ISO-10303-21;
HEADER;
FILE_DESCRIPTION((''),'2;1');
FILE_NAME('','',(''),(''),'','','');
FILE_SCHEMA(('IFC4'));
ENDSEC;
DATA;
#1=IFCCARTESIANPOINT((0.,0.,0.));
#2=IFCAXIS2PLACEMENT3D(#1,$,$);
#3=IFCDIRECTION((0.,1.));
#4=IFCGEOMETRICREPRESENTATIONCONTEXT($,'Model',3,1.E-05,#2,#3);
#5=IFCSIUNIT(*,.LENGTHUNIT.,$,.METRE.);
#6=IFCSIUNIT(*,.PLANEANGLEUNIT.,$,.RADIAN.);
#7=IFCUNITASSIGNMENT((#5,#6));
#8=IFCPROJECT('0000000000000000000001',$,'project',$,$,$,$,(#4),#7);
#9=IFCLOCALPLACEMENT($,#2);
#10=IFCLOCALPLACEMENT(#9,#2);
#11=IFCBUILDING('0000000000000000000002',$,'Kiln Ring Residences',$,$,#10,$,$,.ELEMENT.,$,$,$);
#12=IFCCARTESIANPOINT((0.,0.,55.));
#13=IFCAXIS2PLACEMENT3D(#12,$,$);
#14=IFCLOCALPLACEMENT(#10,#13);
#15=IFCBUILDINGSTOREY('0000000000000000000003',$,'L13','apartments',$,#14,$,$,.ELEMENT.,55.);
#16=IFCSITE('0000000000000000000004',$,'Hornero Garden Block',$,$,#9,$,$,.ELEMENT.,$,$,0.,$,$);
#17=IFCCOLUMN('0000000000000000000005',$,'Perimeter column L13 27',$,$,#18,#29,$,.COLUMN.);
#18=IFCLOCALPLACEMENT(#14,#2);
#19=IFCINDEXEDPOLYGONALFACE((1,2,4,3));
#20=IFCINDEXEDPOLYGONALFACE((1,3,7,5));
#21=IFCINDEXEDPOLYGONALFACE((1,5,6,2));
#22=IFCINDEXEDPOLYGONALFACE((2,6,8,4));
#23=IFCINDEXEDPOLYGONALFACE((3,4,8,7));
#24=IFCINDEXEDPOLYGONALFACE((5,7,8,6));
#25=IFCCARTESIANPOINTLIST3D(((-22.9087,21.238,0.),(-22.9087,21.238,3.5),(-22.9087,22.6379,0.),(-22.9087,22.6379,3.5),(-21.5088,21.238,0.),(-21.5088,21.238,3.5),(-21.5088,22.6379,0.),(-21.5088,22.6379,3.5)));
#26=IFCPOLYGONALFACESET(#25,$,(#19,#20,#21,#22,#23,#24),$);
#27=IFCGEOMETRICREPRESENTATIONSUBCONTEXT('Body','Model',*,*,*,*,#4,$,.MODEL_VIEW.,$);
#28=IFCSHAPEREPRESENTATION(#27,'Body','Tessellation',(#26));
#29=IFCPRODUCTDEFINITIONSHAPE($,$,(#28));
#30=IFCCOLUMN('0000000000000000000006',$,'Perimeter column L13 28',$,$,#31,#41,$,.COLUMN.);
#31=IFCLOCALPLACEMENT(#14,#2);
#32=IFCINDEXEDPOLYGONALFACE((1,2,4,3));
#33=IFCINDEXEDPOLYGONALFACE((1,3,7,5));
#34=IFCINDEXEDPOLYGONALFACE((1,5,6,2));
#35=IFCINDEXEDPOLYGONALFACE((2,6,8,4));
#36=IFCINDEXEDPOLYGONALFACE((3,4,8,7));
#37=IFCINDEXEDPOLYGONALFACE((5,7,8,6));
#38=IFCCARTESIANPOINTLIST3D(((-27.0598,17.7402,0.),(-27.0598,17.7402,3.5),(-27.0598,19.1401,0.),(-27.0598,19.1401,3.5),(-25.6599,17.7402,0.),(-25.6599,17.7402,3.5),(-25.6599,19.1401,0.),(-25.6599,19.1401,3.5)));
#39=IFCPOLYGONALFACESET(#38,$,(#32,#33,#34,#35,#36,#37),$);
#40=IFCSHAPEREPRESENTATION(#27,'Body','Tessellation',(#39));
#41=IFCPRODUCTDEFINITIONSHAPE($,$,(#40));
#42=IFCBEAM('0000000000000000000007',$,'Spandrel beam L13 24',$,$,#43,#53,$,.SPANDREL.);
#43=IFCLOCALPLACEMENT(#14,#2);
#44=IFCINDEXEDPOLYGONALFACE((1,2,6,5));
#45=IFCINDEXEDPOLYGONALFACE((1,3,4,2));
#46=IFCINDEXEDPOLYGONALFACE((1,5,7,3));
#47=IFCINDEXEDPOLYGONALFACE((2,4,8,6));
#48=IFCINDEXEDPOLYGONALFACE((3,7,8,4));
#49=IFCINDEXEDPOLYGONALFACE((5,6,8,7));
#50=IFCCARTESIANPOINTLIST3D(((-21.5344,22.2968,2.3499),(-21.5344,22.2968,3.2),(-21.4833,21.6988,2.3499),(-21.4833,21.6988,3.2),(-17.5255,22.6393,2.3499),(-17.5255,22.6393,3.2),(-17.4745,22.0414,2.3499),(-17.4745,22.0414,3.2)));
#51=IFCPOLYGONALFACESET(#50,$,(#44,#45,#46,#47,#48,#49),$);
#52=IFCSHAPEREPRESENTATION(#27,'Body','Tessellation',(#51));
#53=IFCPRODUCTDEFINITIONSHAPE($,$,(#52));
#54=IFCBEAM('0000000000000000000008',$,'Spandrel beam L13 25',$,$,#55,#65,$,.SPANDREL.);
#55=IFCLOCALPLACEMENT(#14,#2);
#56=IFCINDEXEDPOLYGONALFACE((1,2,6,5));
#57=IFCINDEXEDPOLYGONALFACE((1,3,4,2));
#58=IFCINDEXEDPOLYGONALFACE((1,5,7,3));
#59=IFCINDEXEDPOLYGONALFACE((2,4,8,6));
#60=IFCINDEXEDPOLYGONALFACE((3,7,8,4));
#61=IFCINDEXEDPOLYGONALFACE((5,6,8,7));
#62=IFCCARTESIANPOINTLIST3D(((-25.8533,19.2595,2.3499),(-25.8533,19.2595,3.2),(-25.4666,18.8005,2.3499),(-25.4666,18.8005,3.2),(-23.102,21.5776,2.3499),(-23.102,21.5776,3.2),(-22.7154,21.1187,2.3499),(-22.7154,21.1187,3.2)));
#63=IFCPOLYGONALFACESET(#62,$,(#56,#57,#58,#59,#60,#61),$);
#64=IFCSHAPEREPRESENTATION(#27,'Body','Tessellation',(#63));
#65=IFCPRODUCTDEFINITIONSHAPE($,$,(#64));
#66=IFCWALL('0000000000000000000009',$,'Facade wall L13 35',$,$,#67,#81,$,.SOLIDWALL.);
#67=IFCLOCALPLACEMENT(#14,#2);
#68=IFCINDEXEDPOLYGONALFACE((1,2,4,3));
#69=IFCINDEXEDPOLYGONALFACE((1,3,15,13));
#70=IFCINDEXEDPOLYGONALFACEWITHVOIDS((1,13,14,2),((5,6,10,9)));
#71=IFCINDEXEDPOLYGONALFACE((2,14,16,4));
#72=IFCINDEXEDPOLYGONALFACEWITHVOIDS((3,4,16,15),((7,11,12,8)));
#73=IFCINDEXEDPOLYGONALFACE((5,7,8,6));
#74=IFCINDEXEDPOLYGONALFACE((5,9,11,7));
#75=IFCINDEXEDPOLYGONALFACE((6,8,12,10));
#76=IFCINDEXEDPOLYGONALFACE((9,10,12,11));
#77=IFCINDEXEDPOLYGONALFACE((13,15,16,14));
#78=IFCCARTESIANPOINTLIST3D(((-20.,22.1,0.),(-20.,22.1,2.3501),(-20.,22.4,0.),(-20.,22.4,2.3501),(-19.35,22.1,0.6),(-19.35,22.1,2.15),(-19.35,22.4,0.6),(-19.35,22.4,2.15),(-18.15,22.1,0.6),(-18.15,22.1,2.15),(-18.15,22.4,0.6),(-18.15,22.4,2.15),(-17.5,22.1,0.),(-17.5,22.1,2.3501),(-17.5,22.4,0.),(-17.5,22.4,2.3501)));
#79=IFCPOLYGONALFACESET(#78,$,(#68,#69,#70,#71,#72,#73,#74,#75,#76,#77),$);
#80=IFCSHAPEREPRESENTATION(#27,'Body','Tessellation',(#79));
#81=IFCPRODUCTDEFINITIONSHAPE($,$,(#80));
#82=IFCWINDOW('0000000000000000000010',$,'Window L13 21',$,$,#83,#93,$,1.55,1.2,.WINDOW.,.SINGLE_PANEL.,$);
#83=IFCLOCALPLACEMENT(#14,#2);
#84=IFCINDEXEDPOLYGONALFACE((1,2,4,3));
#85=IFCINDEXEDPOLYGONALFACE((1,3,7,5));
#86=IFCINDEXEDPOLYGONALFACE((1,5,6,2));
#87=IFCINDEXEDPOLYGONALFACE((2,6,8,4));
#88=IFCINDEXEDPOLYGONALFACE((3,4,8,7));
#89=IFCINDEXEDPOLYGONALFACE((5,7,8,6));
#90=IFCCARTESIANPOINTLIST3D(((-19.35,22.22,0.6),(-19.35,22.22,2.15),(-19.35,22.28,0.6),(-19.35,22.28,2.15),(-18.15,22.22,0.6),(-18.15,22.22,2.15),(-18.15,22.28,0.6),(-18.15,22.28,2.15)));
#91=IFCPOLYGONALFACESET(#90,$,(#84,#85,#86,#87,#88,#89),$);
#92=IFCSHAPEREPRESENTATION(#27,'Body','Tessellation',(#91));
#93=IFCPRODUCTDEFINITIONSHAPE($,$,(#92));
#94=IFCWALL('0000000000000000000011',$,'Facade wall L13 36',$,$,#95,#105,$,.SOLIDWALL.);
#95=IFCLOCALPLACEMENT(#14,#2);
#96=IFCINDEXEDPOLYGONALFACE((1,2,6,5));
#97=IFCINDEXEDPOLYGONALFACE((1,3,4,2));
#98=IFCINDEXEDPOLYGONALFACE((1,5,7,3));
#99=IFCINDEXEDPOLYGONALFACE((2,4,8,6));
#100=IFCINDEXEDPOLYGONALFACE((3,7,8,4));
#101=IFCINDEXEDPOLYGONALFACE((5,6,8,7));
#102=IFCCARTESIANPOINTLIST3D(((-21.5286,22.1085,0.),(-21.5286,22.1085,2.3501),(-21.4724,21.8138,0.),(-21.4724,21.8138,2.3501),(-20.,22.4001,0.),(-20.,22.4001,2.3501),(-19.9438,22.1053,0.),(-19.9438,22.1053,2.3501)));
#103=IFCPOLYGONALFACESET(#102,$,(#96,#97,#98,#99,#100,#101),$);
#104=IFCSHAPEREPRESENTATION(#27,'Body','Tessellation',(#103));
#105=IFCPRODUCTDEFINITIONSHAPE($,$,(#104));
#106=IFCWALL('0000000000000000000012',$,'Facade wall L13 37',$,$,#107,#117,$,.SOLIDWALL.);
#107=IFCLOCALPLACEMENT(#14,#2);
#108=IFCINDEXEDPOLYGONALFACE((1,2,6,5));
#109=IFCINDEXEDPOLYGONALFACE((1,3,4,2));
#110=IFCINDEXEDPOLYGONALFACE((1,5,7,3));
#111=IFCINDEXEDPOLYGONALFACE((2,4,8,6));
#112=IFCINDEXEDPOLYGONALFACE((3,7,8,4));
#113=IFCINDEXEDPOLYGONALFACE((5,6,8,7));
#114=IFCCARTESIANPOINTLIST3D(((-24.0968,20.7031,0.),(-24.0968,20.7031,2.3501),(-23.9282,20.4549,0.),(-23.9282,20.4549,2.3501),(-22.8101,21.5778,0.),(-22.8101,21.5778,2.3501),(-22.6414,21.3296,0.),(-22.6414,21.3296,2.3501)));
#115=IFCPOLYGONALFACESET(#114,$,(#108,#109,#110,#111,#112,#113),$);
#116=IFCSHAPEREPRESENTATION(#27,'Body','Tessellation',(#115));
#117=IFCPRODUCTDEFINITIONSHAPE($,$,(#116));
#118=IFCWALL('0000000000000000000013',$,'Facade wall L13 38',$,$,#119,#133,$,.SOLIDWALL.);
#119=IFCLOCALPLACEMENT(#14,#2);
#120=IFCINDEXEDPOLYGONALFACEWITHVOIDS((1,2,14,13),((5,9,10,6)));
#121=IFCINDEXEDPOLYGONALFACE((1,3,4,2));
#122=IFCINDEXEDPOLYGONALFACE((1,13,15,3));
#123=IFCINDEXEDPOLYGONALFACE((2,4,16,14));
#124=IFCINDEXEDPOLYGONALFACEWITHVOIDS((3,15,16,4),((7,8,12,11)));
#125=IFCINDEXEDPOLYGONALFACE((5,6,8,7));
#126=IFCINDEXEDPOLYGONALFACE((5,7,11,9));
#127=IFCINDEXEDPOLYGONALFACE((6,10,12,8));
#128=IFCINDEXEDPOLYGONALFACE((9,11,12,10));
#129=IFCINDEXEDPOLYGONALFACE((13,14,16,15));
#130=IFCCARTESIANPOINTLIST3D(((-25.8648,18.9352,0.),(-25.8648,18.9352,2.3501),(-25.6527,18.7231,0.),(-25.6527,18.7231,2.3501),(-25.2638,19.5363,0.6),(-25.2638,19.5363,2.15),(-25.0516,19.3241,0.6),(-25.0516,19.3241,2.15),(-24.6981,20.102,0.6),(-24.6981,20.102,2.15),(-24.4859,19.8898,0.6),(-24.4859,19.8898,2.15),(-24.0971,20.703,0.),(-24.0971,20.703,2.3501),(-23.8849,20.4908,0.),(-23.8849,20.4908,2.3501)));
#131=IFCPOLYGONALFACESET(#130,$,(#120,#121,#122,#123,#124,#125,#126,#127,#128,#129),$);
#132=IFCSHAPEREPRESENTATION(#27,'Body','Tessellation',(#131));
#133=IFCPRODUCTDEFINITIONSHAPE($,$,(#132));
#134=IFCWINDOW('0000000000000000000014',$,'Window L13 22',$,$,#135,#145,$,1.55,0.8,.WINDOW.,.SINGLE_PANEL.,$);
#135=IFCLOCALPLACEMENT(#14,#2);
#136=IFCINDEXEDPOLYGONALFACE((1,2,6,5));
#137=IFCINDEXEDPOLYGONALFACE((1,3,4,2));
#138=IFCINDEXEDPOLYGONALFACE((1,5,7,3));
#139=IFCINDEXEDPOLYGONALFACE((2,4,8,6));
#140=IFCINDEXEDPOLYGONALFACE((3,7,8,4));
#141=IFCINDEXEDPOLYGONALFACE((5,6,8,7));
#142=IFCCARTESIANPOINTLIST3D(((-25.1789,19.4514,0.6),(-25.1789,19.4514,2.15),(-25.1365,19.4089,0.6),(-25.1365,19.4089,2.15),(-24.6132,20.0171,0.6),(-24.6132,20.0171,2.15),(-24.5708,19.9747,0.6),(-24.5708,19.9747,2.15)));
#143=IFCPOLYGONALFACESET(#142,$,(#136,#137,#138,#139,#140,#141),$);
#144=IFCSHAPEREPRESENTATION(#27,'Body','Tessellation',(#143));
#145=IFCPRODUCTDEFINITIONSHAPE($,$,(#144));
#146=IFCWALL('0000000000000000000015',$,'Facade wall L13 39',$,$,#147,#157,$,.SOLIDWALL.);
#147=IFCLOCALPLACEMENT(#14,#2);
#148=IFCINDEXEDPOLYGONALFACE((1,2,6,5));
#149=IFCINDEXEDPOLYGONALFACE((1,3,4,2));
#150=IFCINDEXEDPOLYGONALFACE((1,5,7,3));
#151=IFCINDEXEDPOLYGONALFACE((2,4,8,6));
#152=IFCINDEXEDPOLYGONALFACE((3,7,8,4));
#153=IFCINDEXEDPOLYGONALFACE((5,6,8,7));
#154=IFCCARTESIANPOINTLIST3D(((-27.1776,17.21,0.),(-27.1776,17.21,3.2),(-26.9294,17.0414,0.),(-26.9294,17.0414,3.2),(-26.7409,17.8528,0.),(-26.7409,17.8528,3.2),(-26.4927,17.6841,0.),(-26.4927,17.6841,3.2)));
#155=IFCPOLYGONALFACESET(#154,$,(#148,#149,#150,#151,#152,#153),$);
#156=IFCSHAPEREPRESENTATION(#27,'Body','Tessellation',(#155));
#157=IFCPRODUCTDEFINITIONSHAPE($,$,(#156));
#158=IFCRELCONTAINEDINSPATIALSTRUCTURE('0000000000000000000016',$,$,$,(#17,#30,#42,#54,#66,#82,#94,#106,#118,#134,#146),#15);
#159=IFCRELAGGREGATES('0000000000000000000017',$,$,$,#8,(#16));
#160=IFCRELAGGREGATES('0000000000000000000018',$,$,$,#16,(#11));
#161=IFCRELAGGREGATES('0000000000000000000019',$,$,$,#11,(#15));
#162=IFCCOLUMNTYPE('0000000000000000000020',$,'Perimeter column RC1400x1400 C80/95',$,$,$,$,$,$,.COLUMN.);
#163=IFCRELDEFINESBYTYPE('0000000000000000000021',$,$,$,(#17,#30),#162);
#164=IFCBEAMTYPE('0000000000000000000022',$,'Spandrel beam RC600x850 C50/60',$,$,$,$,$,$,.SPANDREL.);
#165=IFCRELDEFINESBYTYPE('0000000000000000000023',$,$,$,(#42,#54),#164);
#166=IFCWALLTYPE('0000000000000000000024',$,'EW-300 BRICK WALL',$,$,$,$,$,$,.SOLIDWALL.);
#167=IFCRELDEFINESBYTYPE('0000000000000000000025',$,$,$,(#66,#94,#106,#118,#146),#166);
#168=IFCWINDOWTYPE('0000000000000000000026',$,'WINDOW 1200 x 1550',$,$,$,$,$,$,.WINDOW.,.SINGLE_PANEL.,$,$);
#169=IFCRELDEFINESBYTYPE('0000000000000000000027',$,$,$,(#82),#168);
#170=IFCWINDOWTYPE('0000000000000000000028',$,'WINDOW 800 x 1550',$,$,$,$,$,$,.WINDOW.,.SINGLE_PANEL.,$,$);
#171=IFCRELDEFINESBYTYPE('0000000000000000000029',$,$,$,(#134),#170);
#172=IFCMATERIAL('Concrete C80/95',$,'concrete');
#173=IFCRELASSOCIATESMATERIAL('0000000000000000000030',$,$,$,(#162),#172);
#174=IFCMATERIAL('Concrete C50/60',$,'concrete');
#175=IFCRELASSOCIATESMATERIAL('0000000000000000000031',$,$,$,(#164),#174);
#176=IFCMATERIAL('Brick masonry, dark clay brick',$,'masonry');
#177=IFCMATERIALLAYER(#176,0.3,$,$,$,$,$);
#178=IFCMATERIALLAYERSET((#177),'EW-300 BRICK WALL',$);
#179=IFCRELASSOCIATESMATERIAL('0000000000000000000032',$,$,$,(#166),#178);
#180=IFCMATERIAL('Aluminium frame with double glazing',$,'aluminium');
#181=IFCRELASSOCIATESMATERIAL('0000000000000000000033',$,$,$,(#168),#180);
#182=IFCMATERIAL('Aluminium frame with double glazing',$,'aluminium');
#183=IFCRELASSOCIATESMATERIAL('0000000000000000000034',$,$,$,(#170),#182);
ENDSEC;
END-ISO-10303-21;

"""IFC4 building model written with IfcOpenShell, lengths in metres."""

from ifc_helpers import new_model, si_unit, direction, frame, frame_2d, origin, origin_2d, place, context, subcontext, project, spatial, rectangle, extrude, material, layer, layer_set, material_profile, profile_set, type_object, element, fill, save


model = new_model("IFC4")

# Units and contexts
model_context = context("Model", 3, precision=1e-05, world=origin(), true_north=direction((0.0, 1.0)))
body_context = subcontext(model_context, "Body", "Model", "MODEL_VIEW")
ifc_project = project(units=[si_unit("LENGTHUNIT", "METRE"), si_unit("PLANEANGLEUNIT", "RADIAN")], contexts=[model_context])

# Site, building, storey
site_placement = place(None, origin())
site = spatial("IfcSite", under=ifc_project, at=site_placement, Name="Hornero Garden Block", CompositionType="ELEMENT", RefElevation=0.0)
building_placement = place(site_placement, origin())
building = spatial("IfcBuilding", under=site, at=building_placement, Name="Kiln Ring Residences", CompositionType="ELEMENT")
storey_placement = place(building_placement, frame((0.0, 0.0, 55.0)))
storey = spatial("IfcBuildingStorey", under=building, at=storey_placement, Name="L13", Description="apartments", CompositionType="ELEMENT", Elevation=55.0)

# Columns
ifc_material_1 = material(Name="Concrete C80/95", Category="concrete")
ifc_material_profile_1 = material_profile(ifc_material_1, rectangle(XDim=1.3999, YDim=1.3999, at=origin_2d()), Name="RC1400x1400")
ifc_profile_set_1 = profile_set([ifc_material_profile_1], Name="Concrete C80/95")
column_type = type_object("IfcColumnType", Name="Perimeter column RC1400x1400 C80/95", PredefinedType="COLUMN", material=ifc_profile_set_1)
for number, where, z_axis, x_axis, name in (
    (1, (-22.2087, 21.938, 0.0), (0.0, 0.0, 1.0), (1.0, 0.0, 0.0), "Perimeter column L13 27"),
    (2, (-26.3599, 18.4402, 0.0), (0.0, 0.0, 1.0), (1.0, 0.0, 0.0), "Perimeter column L13 28"),
):
    element("IfcColumn", number, at=place(storey_placement, frame(where, z_axis=z_axis, x_axis=x_axis)), inside=storey, type_object=column_type, Name=name, PredefinedType="COLUMN", context=body_context, shape_type="SweptSolid", body=[
        extrude(rectangle(XDim=1.3999, YDim=1.3999, at=origin_2d()), origin(), (0.0, 0.0, 1.0), 3.5),
    ])

# Beams
ifc_material_2 = material(Name="Concrete C50/60", Category="concrete")
ifc_material_profile_2 = material_profile(ifc_material_2, rectangle(XDim=0.6001, YDim=0.8501, at=origin_2d()), Name="RC600x850")
ifc_profile_set_2 = profile_set([ifc_material_profile_2], Name="Concrete C50/60")
beam_type = type_object("IfcBeamType", Name="Spandrel beam RC600x850 C50/60", PredefinedType="SPANDREL", material=ifc_profile_set_2)
beam_1_placement = place(storey_placement, frame((-17.5, 22.3403, 2.7749), z_axis=(-0.996369, -0.085134, 0.0), x_axis=(0.085134, -0.996369, 0.0)))
element("IfcBeam", 3, at=beam_1_placement, inside=storey, type_object=beam_type, Name="Spandrel beam L13 24", PredefinedType="SPANDREL", context=body_context, shape_type="SweptSolid", body=[
    extrude(rectangle(XDim=0.6001, YDim=0.8501, at=origin_2d()), origin(), (0.0, 0.0, 1.0), 4.0234),
])
beam_2_placement = place(storey_placement, frame((-22.9087, 21.3481, 2.7749), z_axis=(-0.764733, -0.644347, 0.0), x_axis=(0.644347, -0.764733, 0.0)))
element("IfcBeam", 4, at=beam_2_placement, inside=storey, type_object=beam_type, Name="Spandrel beam L13 25", PredefinedType="SPANDREL", context=body_context, shape_type="SweptSolid", body=[
    extrude(rectangle(XDim=0.6001, YDim=0.8501, at=origin_2d()), origin(), (0.0, 0.0, 1.0), 3.5977),
])

# Wall, opening, window
ifc_material_3 = material(Name="Brick masonry, dark clay brick", Category="masonry")
ifc_layer_1 = layer(ifc_material_3, 0.3)
ifc_layer_set_1 = layer_set([ifc_layer_1], Name="EW-300 BRICK WALL")
wall_type_1 = type_object("IfcWallType", Name="EW-300 BRICK WALL", PredefinedType="SOLIDWALL", material=ifc_layer_set_1)
wall_1_placement = place(storey_placement, frame((-17.5, 22.25, 0.0), z_axis=(0.0, 0.0, 1.0), x_axis=(-1.0, 0.0, 0.0)))
wall_1 = element("IfcWall", 5, at=wall_1_placement, inside=storey, type_object=wall_type_1, Name="Facade wall L13 35", PredefinedType="SOLIDWALL", context=body_context, shape_type="SweptSolid", body=[
    extrude(rectangle(XDim=2.5, YDim=0.3, at=frame_2d((1.25, 0.0))), origin(), (0.0, 0.0, 1.0), 2.3501),
])
opening_1_placement = place(wall_1_placement, frame((0.6499, 0.0, 0.6001)))
opening_1 = element("IfcOpeningElement", 6, at=opening_1_placement, cuts=wall_1, PredefinedType="OPENING", context=body_context, shape_type="SweptSolid", body=[
    extrude(rectangle(XDim=1.2, YDim=1.55, at=frame_2d((0.6001, 0.7749))), frame((0.0, 0.1599, 0.0), z_axis=(0.0, -1.0, 0.0), x_axis=(1.0, 0.0, 0.0)), (0.0, 0.0, 1.0), 0.3201),
])
ifc_material_4 = material(Name="Aluminium frame with double glazing", Category="aluminium")
window_type_1 = type_object("IfcWindowType", Name="WINDOW 1200 x 1550", PartitioningType="SINGLE_PANEL", PredefinedType="WINDOW", material=ifc_material_4)
window_1_placement = place(opening_1_placement, origin())
window_1 = element("IfcWindow", 7, at=window_1_placement, inside=storey, type_object=window_type_1, Name="Window L13 21", OverallHeight=1.55, OverallWidth=1.2, PartitioningType="SINGLE_PANEL", PredefinedType="WINDOW", context=body_context, shape_type="SweptSolid", body=[
    extrude(rectangle(XDim=1.2, YDim=1.55, at=frame_2d((0.6001, 0.7749))), frame((0.0, 0.03, 0.0), z_axis=(0.0, -1.0, 0.0), x_axis=(1.0, 0.0, 0.0)), (0.0, 0.0, 1.0), 0.0601),
])
fill(opening_1, window_1)

# Walls
wall_2_placement = place(storey_placement, frame((-19.9719, 22.2527, 0.0), z_axis=(0.0, 0.0, 1.0), x_axis=(-0.982297, -0.187328, 0.0)))
element("IfcWall", 8, at=wall_2_placement, inside=storey, type_object=wall_type_1, Name="Facade wall L13 36", PredefinedType="SOLIDWALL", context=body_context, shape_type="SweptSolid", body=[
    extrude(rectangle(XDim=1.5562, YDim=0.3, at=frame_2d((0.7781, 0.0))), origin(), (0.0, 0.0, 1.0), 2.3501),
])
wall_3_placement = place(storey_placement, frame((-22.7258, 21.4536, 0.0), z_axis=(0.0, 0.0, 1.0), x_axis=(-0.82702, -0.562173, 0.0)))
element("IfcWall", 9, at=wall_3_placement, inside=storey, type_object=wall_type_1, Name="Facade wall L13 37", PredefinedType="SOLIDWALL", context=body_context, shape_type="SweptSolid", body=[
    extrude(rectangle(XDim=1.5559, YDim=0.3, at=frame_2d((0.7778, 0.0))), origin(), (0.0, 0.0, 1.0), 2.3501),
])

# Wall, opening, window
wall_4_placement = place(storey_placement, frame((-23.991, 20.5969, 0.0), z_axis=(0.0, 0.0, 1.0), x_axis=(-0.707107, -0.707107, 0.0)))
wall_4 = element("IfcWall", 10, at=wall_4_placement, inside=storey, type_object=wall_type_1, Name="Facade wall L13 38", PredefinedType="SOLIDWALL", context=body_context, shape_type="SweptSolid", body=[
    extrude(rectangle(XDim=2.5, YDim=0.3, at=frame_2d((1.25, 0.0))), origin(), (0.0, 0.0, 1.0), 2.3501),
])
opening_2_placement = place(wall_4_placement, frame((0.8501, 0.0, 0.6001)))
opening_2 = element("IfcOpeningElement", 11, at=opening_2_placement, cuts=wall_4, PredefinedType="OPENING", context=body_context, shape_type="SweptSolid", body=[
    extrude(rectangle(XDim=0.8, YDim=1.55, at=frame_2d((0.3999, 0.7749))), frame((0.0, 0.1599, 0.0), z_axis=(0.0, -1.0, 0.0), x_axis=(1.0, 0.0, 0.0)), (0.0, 0.0, 1.0), 0.3201),
])
ifc_material_5 = material(Name="Aluminium frame with double glazing", Category="aluminium")
window_type_2 = type_object("IfcWindowType", Name="WINDOW 800 x 1550", PartitioningType="SINGLE_PANEL", PredefinedType="WINDOW", material=ifc_material_5)
window_2_placement = place(opening_2_placement, origin())
window_2 = element("IfcWindow", 12, at=window_2_placement, inside=storey, type_object=window_type_2, Name="Window L13 22", OverallHeight=1.55, OverallWidth=0.8, PartitioningType="SINGLE_PANEL", PredefinedType="WINDOW", context=body_context, shape_type="SweptSolid", body=[
    extrude(rectangle(XDim=0.8, YDim=1.55, at=frame_2d((0.3999, 0.7749))), frame((0.0, 0.03, 0.0), z_axis=(0.0, -1.0, 0.0), x_axis=(1.0, 0.0, 0.0)), (0.0, 0.0, 1.0), 0.0601),
])
fill(opening_2, window_2)

# Wall
wall_5_placement = place(storey_placement, frame((-26.6167, 17.7686, 0.0), z_axis=(0.0, 0.0, 1.0), x_axis=(-0.562001, -0.827137, 0.0)))
element("IfcWall", 13, at=wall_5_placement, inside=storey, type_object=wall_type_1, Name="Facade wall L13 39", PredefinedType="SOLIDWALL", context=body_context, shape_type="SweptSolid", body=[
    extrude(rectangle(XDim=0.7771, YDim=0.3, at=frame_2d((0.3887, 0.0))), origin(), (0.0, 0.0, 1.0), 3.2),
])

save(model, "model.ifc")
